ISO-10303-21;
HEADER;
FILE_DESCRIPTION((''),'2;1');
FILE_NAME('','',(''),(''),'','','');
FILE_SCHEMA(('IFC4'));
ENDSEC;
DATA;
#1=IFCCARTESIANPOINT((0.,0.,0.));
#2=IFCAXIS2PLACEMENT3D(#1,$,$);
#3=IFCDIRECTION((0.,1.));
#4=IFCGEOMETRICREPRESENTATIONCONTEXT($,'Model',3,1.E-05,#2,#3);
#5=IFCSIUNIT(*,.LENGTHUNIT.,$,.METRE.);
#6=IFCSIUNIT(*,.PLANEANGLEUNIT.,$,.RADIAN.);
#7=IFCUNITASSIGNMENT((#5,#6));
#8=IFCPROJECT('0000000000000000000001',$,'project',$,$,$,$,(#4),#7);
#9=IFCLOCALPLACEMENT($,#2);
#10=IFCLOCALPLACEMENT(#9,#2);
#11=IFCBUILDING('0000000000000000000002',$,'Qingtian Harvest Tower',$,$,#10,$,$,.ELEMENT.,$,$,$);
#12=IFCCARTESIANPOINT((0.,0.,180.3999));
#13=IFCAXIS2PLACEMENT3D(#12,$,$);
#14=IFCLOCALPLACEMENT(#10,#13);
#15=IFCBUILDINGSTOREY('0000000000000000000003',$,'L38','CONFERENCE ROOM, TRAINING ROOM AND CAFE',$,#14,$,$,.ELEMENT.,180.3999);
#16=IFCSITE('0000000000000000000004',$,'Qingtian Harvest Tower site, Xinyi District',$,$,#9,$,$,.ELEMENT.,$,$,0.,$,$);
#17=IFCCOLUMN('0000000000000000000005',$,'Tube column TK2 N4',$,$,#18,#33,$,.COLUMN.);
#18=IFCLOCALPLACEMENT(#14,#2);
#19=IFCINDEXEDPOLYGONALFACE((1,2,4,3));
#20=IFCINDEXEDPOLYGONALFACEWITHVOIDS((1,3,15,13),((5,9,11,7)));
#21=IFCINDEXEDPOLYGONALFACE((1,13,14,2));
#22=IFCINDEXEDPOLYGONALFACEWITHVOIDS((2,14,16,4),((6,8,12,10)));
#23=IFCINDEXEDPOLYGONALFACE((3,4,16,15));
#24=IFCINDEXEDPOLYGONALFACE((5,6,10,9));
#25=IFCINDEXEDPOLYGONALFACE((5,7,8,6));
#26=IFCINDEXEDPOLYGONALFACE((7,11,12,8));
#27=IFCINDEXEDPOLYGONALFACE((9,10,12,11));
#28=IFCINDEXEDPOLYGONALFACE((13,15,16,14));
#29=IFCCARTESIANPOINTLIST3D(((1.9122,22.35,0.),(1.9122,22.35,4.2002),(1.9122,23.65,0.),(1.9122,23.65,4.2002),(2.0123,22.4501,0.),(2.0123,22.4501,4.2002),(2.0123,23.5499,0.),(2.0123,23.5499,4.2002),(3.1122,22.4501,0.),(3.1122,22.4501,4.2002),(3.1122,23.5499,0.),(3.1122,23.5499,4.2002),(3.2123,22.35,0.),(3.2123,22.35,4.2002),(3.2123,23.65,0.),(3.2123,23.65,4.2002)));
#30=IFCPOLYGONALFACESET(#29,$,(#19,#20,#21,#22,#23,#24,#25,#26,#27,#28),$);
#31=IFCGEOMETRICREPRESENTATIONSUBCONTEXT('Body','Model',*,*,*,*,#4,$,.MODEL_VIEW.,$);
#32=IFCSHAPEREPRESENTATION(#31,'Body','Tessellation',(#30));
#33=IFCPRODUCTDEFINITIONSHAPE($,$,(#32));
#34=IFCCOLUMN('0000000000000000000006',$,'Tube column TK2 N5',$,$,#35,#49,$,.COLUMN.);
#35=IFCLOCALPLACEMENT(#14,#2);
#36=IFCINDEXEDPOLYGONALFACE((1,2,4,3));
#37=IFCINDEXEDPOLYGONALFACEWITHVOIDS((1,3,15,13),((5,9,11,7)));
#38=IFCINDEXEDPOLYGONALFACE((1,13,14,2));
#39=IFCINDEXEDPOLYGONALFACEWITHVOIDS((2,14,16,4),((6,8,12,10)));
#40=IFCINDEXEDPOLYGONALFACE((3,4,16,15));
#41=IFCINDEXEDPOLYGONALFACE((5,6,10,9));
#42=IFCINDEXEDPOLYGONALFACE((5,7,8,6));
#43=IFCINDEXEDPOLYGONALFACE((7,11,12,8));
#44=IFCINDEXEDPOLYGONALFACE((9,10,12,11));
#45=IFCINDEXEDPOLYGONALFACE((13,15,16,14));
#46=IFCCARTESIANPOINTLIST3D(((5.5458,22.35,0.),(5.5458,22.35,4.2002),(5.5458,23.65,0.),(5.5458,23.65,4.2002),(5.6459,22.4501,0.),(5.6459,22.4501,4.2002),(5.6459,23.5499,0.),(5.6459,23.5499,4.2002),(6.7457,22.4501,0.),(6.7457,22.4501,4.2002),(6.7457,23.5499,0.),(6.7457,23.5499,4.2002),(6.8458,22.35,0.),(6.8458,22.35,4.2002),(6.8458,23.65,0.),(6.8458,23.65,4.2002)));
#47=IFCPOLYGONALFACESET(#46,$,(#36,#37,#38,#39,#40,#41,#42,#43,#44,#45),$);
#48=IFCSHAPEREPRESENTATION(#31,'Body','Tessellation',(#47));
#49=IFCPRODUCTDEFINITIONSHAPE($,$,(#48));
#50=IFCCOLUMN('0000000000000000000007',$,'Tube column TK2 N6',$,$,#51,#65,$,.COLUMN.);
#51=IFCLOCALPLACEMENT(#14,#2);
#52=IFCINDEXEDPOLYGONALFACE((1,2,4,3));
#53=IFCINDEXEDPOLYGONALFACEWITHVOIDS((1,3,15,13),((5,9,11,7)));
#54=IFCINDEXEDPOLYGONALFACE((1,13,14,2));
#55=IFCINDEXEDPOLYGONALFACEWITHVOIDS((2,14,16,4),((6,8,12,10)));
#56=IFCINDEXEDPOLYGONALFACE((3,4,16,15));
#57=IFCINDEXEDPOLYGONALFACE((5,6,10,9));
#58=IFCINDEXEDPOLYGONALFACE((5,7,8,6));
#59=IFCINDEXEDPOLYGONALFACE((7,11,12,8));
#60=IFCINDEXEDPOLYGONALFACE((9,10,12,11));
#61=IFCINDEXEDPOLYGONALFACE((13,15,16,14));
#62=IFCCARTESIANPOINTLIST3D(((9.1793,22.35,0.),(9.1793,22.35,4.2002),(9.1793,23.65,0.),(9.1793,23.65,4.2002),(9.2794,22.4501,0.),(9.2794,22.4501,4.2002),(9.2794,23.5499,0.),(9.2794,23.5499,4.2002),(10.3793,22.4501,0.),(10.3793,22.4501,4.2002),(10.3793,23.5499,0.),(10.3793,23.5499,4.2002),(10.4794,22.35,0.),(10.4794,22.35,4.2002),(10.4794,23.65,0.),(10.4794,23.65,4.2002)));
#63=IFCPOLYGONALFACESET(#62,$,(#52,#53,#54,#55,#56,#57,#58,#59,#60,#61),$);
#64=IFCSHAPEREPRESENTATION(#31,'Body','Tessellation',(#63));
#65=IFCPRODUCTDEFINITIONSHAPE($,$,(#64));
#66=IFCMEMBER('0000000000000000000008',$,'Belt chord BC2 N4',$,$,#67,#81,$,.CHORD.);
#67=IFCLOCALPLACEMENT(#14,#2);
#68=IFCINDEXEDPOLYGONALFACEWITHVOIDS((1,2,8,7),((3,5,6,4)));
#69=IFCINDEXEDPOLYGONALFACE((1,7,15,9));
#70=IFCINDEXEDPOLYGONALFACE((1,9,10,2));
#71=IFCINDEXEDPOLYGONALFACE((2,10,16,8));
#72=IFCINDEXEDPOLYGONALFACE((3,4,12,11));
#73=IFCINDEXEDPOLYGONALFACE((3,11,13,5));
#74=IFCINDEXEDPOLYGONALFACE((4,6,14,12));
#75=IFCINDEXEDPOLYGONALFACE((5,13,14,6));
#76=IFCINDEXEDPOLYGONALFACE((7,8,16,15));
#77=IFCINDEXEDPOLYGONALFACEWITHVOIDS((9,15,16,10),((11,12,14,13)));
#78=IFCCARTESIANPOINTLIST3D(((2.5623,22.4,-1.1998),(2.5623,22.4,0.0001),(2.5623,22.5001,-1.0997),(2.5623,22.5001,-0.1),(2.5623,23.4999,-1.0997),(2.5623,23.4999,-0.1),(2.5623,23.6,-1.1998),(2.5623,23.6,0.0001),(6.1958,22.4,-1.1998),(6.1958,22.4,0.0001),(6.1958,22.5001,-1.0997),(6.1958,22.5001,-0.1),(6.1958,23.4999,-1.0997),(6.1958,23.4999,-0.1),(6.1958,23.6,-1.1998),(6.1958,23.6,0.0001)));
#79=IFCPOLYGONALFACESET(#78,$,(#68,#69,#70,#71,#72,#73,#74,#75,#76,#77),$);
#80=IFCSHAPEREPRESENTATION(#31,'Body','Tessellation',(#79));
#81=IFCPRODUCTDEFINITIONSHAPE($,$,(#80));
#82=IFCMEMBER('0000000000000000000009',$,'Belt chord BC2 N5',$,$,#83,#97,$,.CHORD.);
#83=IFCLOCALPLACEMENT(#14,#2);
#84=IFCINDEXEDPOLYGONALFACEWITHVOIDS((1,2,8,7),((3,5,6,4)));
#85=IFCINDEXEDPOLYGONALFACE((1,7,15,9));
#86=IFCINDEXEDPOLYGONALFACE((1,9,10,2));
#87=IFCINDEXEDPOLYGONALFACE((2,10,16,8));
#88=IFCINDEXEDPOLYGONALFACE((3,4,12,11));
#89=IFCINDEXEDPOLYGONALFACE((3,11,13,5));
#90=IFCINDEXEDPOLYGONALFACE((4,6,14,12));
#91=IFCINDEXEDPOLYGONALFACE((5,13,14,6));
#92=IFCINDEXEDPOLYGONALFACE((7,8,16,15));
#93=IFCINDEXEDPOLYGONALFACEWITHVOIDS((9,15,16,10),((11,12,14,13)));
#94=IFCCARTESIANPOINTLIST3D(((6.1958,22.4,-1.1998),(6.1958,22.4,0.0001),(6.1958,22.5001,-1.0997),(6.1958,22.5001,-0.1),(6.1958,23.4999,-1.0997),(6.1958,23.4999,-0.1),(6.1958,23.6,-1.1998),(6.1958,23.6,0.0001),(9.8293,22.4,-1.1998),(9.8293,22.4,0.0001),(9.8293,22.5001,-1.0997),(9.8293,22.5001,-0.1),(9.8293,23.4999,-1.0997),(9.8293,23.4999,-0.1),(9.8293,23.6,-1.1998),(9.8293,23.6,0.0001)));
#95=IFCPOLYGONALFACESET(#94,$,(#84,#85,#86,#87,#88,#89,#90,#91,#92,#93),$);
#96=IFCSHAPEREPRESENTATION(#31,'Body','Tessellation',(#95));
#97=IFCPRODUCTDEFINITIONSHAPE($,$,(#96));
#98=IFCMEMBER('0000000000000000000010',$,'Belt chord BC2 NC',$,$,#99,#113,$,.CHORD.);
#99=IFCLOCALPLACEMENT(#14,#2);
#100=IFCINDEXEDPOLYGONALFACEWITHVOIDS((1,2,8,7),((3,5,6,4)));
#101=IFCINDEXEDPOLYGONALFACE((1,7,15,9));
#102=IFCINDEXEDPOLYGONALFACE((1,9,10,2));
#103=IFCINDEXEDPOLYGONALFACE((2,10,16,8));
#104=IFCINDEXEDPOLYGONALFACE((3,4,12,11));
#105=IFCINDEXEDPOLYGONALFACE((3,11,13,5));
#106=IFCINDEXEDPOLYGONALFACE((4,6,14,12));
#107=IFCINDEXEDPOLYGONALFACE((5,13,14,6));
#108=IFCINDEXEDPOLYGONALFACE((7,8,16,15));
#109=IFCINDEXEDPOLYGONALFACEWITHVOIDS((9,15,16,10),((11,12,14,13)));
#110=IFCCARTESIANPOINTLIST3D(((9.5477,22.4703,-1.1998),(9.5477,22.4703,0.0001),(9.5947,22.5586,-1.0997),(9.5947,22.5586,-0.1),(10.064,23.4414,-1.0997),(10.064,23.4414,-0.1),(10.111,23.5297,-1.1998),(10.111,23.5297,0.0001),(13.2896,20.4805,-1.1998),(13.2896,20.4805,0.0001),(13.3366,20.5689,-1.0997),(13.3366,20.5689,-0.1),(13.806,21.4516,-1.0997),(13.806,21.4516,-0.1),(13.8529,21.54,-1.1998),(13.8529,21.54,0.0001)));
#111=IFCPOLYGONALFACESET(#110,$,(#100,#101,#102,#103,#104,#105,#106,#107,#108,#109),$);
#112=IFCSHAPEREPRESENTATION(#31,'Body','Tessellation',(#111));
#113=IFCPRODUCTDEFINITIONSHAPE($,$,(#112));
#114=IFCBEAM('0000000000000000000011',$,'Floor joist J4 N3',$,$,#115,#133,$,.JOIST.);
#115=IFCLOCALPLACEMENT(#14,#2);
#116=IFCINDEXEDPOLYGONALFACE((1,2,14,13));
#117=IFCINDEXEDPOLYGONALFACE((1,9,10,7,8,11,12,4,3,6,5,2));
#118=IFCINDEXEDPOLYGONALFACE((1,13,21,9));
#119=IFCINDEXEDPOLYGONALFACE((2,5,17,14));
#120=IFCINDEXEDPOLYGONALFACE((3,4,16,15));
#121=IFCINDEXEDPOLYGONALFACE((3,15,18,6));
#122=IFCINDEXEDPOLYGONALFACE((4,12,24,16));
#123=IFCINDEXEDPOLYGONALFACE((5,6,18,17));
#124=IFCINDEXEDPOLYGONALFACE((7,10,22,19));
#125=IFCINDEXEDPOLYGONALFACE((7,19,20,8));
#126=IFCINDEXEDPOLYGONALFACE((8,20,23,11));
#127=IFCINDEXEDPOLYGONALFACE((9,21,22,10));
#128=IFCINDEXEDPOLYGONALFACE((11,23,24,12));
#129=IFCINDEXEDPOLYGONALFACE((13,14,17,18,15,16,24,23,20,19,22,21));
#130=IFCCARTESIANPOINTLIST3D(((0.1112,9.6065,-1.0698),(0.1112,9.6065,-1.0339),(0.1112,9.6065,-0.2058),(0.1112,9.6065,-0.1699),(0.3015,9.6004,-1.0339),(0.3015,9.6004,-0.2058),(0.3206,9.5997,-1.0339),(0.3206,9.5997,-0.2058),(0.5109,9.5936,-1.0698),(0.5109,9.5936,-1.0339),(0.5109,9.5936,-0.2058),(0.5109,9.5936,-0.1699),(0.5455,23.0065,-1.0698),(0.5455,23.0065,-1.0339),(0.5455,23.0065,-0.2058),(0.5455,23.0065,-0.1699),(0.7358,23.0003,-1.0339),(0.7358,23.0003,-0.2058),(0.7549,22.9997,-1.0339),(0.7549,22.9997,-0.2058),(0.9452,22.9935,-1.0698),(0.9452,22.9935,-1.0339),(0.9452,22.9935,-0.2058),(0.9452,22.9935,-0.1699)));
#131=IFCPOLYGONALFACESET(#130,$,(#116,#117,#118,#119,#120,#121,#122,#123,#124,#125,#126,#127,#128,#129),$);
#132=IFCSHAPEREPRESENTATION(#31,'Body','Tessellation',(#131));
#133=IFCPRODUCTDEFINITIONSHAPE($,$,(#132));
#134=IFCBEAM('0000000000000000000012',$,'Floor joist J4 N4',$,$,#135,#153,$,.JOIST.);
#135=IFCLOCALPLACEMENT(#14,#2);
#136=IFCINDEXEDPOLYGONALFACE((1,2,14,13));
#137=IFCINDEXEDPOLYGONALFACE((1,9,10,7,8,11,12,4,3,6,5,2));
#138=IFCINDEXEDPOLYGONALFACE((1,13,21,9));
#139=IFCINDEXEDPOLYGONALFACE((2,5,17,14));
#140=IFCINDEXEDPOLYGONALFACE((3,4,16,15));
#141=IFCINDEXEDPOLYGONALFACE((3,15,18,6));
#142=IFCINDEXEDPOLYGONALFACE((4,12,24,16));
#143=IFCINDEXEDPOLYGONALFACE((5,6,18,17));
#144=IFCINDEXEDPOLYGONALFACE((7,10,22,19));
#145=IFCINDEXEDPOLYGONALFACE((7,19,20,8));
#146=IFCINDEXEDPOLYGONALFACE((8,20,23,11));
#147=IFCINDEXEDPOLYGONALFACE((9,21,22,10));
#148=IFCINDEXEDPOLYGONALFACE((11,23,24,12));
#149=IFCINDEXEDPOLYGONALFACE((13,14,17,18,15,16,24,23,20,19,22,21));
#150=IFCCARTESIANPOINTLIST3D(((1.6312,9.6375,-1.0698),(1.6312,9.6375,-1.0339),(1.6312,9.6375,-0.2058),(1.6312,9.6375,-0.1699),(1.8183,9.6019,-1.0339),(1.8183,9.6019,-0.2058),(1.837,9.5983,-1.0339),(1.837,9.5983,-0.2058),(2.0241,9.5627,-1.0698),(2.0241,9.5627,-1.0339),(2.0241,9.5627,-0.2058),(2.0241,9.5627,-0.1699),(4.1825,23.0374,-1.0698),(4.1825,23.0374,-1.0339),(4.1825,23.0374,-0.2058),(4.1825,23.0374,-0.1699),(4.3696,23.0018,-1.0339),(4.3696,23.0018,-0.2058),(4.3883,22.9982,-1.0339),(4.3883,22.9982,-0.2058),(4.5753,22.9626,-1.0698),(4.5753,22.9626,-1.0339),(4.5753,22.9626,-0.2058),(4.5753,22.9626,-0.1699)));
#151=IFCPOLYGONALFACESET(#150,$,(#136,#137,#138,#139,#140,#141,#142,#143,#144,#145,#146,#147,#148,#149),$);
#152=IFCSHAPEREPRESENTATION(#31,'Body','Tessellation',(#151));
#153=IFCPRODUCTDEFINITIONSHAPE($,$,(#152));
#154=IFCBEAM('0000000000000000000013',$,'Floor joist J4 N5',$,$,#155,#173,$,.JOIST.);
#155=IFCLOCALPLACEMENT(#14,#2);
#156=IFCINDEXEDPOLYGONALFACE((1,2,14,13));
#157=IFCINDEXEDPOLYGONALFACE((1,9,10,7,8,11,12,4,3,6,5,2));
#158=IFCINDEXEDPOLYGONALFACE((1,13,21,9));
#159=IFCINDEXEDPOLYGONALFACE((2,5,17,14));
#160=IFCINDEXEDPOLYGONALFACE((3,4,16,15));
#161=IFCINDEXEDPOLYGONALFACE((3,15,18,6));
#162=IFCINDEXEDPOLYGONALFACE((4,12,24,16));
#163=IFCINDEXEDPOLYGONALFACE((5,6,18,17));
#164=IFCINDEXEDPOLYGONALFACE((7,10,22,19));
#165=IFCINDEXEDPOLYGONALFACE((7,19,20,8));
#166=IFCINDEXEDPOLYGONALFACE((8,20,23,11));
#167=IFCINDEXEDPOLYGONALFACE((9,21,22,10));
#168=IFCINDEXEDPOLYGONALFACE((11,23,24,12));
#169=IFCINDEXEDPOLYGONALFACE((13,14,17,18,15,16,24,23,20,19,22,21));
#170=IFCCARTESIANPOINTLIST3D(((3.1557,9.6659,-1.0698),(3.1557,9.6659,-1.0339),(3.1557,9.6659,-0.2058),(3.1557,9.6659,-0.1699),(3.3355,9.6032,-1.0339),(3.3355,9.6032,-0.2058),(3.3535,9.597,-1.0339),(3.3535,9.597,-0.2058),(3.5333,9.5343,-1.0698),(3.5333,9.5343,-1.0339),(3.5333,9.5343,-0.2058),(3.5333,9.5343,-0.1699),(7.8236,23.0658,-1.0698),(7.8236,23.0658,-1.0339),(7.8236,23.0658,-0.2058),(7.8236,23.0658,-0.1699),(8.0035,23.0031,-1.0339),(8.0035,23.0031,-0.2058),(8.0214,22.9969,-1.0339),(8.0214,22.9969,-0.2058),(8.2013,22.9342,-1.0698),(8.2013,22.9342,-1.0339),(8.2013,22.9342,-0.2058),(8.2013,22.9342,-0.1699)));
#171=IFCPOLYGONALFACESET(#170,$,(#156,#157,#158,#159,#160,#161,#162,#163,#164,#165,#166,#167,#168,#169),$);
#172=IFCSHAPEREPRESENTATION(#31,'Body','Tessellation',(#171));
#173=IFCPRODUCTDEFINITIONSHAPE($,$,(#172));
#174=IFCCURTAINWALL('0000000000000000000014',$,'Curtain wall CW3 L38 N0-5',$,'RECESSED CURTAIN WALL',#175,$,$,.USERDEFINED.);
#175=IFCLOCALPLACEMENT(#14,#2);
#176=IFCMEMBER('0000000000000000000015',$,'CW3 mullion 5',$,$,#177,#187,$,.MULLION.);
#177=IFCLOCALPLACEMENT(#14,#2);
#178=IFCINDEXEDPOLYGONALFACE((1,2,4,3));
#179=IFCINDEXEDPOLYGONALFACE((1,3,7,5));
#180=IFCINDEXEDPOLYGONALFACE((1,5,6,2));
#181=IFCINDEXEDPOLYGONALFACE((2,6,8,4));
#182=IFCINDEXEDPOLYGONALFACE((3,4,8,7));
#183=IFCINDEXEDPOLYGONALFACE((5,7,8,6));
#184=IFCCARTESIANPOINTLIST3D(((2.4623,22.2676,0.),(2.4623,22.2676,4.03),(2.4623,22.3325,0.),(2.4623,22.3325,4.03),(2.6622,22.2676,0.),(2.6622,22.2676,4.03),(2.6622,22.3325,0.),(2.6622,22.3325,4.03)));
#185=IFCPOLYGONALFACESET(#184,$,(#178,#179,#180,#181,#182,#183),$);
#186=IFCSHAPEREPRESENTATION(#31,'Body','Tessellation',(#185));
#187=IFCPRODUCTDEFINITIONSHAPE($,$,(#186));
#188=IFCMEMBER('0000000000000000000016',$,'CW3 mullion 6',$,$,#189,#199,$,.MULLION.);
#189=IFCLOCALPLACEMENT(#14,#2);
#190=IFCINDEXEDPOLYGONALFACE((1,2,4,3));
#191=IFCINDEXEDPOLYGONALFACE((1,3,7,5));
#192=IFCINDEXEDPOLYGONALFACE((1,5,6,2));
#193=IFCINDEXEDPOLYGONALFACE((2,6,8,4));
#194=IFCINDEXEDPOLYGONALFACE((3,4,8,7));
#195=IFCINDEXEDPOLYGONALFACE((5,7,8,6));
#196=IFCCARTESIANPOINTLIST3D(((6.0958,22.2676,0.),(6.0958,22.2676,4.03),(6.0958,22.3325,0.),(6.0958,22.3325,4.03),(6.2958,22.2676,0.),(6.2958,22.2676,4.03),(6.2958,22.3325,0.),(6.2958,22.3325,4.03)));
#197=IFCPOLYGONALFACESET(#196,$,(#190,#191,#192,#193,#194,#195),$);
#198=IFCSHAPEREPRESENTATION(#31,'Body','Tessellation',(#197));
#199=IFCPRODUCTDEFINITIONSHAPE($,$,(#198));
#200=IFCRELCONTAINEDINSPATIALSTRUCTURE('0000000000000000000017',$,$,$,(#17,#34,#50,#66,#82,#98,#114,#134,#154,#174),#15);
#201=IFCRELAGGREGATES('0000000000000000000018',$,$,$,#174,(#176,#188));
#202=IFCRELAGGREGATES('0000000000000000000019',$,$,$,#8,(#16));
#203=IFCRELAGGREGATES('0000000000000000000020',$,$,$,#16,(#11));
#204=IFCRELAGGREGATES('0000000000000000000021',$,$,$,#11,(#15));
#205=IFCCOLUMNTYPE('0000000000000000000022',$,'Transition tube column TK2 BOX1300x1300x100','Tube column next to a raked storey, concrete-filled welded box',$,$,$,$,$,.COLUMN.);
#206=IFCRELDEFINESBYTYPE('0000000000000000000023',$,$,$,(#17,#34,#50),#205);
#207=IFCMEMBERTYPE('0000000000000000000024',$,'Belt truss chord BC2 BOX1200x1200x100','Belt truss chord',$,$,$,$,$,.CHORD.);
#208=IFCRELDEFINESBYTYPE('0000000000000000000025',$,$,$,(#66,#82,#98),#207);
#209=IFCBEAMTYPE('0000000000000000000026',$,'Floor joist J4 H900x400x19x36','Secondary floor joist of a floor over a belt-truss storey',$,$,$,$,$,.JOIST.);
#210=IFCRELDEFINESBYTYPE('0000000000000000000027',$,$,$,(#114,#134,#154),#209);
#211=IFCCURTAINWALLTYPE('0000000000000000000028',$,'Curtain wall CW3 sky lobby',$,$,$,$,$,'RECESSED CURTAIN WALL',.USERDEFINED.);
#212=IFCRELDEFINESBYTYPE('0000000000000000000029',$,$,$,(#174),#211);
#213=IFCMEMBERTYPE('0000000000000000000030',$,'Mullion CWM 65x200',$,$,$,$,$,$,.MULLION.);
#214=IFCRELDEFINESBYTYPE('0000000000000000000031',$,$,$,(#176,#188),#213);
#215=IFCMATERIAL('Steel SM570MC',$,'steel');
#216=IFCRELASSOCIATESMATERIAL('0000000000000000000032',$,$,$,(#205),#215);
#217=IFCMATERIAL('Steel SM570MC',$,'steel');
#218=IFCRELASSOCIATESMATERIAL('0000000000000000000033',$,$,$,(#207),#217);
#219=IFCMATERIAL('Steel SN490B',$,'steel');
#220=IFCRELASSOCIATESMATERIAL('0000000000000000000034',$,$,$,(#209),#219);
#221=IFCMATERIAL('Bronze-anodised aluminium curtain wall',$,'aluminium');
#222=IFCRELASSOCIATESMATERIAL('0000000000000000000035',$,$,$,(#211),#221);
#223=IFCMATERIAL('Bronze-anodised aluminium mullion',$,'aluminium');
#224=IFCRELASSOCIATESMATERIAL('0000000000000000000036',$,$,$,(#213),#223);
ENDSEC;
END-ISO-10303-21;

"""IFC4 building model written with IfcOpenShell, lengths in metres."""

from ifc_helpers import new_model, si_unit, direction, frame, origin, origin_2d, place, context, subcontext, project, spatial, rectangle, hollow_rectangle, i_section, extrude, material, material_profile, profile_set, type_object, element, aggregate, save


model = new_model("IFC4")

# Units and contexts
model_context = context("Model", 3, precision=1e-05, world=origin(), true_north=direction((0.0, 1.0)))
body_context = subcontext(model_context, "Body", "Model", "MODEL_VIEW")
ifc_project = project(units=[si_unit("LENGTHUNIT", "METRE"), si_unit("PLANEANGLEUNIT", "RADIAN")], contexts=[model_context])

# Site, building, storey
site_placement = place(None, origin())
site = spatial("IfcSite", under=ifc_project, at=site_placement, Name="Qingtian Harvest Tower site, Xinyi District", CompositionType="ELEMENT", RefElevation=0.0)
building_placement = place(site_placement, origin())
building = spatial("IfcBuilding", under=site, at=building_placement, Name="Qingtian Harvest Tower", CompositionType="ELEMENT")
storey_placement = place(building_placement, frame((0.0, 0.0, 180.3999)))
storey = spatial("IfcBuildingStorey", under=building, at=storey_placement, Name="L38", Description="CONFERENCE ROOM, TRAINING ROOM AND CAFE", CompositionType="ELEMENT", Elevation=180.3999)

# Columns
ifc_material_1 = material(Name="Steel SM570MC", Category="steel")
ifc_material_profile_1 = material_profile(ifc_material_1, hollow_rectangle(XDim=1.3, YDim=1.3, WallThickness=0.1001, at=origin_2d()), Name="BOX1300x1300x100")
ifc_profile_set_1 = profile_set([ifc_material_profile_1], Name="Steel SM570MC")
column_type = type_object("IfcColumnType", Name="Transition tube column TK2 BOX1300x1300x100", Description="Tube column next to a raked storey, concrete-filled welded box", PredefinedType="COLUMN", material=ifc_profile_set_1)
for number, where, z_axis, x_axis, name in (
    (1, (2.5623, 23.0, 0.0), (0.0, 0.0, 1.0), (-1.0, 0.0, 0.0), "Tube column TK2 N4"),
    (2, (6.1958, 23.0, 0.0), (0.0, 0.0, 1.0), (-1.0, 0.0, 0.0), "Tube column TK2 N5"),
    (3, (9.8293, 23.0, 0.0), (0.0, 0.0, 1.0), (-1.0, 0.0, 0.0), "Tube column TK2 N6"),
):
    element("IfcColumn", number, at=place(storey_placement, frame(where, z_axis=z_axis, x_axis=x_axis)), inside=storey, type_object=column_type, Name=name, PredefinedType="COLUMN", context=body_context, shape_type="SweptSolid", body=[
        extrude(hollow_rectangle(XDim=1.3, YDim=1.3, WallThickness=0.1001, at=origin_2d()), origin(), (0.0, 0.0, 1.0), 4.2002),
    ])

# Members
ifc_material_2 = material(Name="Steel SM570MC", Category="steel")
ifc_material_profile_2 = material_profile(ifc_material_2, hollow_rectangle(XDim=1.2, YDim=1.2, WallThickness=0.1001, at=origin_2d()), Name="BOX1200x1200x100")
ifc_profile_set_2 = profile_set([ifc_material_profile_2], Name="Steel SM570MC")
member_type_1 = type_object("IfcMemberType", Name="Belt truss chord BC2 BOX1200x1200x100", Description="Belt truss chord", PredefinedType="CHORD", material=ifc_profile_set_2)
for number, where, z_axis, x_axis, name in (
    (4, (2.5623, 23.0, -0.5999), (1.0, 0.0, 0.0), (0.0, 1.0, 0.0), "Belt chord BC2 N4"),
    (5, (6.1958, 23.0, -0.5999), (1.0, 0.0, 0.0), (0.0, 1.0, 0.0), "Belt chord BC2 N5"),
):
    element("IfcMember", number, at=place(storey_placement, frame(where, z_axis=z_axis, x_axis=x_axis)), inside=storey, type_object=member_type_1, Name=name, PredefinedType="CHORD", context=body_context, shape_type="SweptSolid", body=[
        extrude(hollow_rectangle(XDim=1.2, YDim=1.2, WallThickness=0.1001, at=origin_2d()), origin(), (0.0, 0.0, 1.0), 3.6335),
    ])
member_1_placement = place(storey_placement, frame((9.8293, 23.0, -0.5999), z_axis=(0.882936, -0.469494, 0.0), x_axis=(0.469494, 0.882936, 0.0)))
element("IfcMember", 6, at=member_1_placement, inside=storey, type_object=member_type_1, Name="Belt chord BC2 NC", PredefinedType="CHORD", context=body_context, shape_type="SweptSolid", body=[
    extrude(hollow_rectangle(XDim=1.2, YDim=1.2, WallThickness=0.1001, at=origin_2d()), origin(), (0.0, 0.0, 1.0), 4.238),
])

# Beams
ifc_material_3 = material(Name="Steel SN490B", Category="steel")
ifc_material_profile_3 = material_profile(ifc_material_3, i_section(OverallWidth=0.3999, OverallDepth=0.8999, WebThickness=0.019, FlangeThickness=0.0359, at=origin_2d()), Name="H900x400x19x36")
ifc_profile_set_3 = profile_set([ifc_material_profile_3], Name="Steel SN490B")
beam_type_1 = type_object("IfcBeamType", Name="Floor joist J4 H900x400x19x36", Description="Secondary floor joist of a floor over a belt-truss storey", PredefinedType="JOIST", material=ifc_profile_set_3)
beam_1_placement = place(storey_placement, frame((0.7454, 23.0, -0.6199), z_axis=(-0.032396, -0.999475, 0.0), x_axis=(0.999475, -0.032396, 0.0)))
element("IfcBeam", 7, at=beam_1_placement, inside=storey, type_object=beam_type_1, Name="Floor joist J4 N3", PredefinedType="JOIST", context=body_context, shape_type="SweptSolid", body=[
    extrude(i_section(OverallWidth=0.3999, OverallDepth=0.8999, WebThickness=0.019, FlangeThickness=0.0359, at=origin_2d()), origin(), (0.0, 0.0, 1.0), 13.407),
])
beam_2_placement = place(storey_placement, frame((4.3789, 23.0, -0.6199), z_axis=(-0.187035, -0.982353, 0.0), x_axis=(0.982353, -0.187035, 0.0)))
element("IfcBeam", 8, at=beam_2_placement, inside=storey, type_object=beam_type_1, Name="Floor joist J4 N4", PredefinedType="JOIST", context=body_context, shape_type="SweptSolid", body=[
    extrude(i_section(OverallWidth=0.3999, OverallDepth=0.8999, WebThickness=0.019, FlangeThickness=0.0359, at=origin_2d()), origin(), (0.0, 0.0, 1.0), 13.6406),
])
beam_3_placement = place(storey_placement, frame((8.0125, 23.0, -0.6199), z_axis=(-0.328969, -0.944341, 0.0), x_axis=(0.944341, -0.328969, 0.0)))
element("IfcBeam", 9, at=beam_3_placement, inside=storey, type_object=beam_type_1, Name="Floor joist J4 N5", PredefinedType="JOIST", context=body_context, shape_type="SweptSolid", body=[
    extrude(i_section(OverallWidth=0.3999, OverallDepth=0.8999, WebThickness=0.019, FlangeThickness=0.0359, at=origin_2d()), origin(), (0.0, 0.0, 1.0), 14.1897),
])

# Curtain wall, members
ifc_material_4 = material(Name="Bronze-anodised aluminium curtain wall", Category="aluminium")
curtain_wall_type = type_object("IfcCurtainWallType", Name="Curtain wall CW3 sky lobby", ElementType="RECESSED CURTAIN WALL", PredefinedType="USERDEFINED", material=ifc_material_4)
curtain_wall_1_placement = place(storey_placement, origin())
curtain_wall_1 = element("IfcCurtainWall", 10, at=curtain_wall_1_placement, inside=storey, type_object=curtain_wall_type, Name="Curtain wall CW3 L38 N0-5", ObjectType="RECESSED CURTAIN WALL", PredefinedType="USERDEFINED")
ifc_material_5 = material(Name="Bronze-anodised aluminium mullion", Category="aluminium")
ifc_material_profile_4 = material_profile(ifc_material_5, rectangle(XDim=0.0649, YDim=0.2, at=origin_2d()), Name="AL 65x200")
ifc_profile_set_4 = profile_set([ifc_material_profile_4], Name="Bronze-anodised aluminium mullion")
member_type_2 = type_object("IfcMemberType", Name="Mullion CWM 65x200", PredefinedType="MULLION", material=ifc_profile_set_4)
member_2_placement = place(storey_placement, frame((2.5623, 22.3, 0.0), z_axis=(0.0, 0.0, 1.0), x_axis=(0.0, 1.0, 0.0)))
member_2 = element("IfcMember", 11, at=member_2_placement, type_object=member_type_2, Name="CW3 mullion 5", PredefinedType="MULLION", context=body_context, shape_type="SweptSolid", body=[
    extrude(rectangle(XDim=0.0649, YDim=0.2, at=origin_2d()), origin(), (0.0, 0.0, 1.0), 4.03),
])
member_3_placement = place(storey_placement, frame((6.1958, 22.3, 0.0), z_axis=(0.0, 0.0, 1.0), x_axis=(0.0, 1.0, 0.0)))
member_3 = element("IfcMember", 12, at=member_3_placement, type_object=member_type_2, Name="CW3 mullion 6", PredefinedType="MULLION", context=body_context, shape_type="SweptSolid", body=[
    extrude(rectangle(XDim=0.0649, YDim=0.2, at=origin_2d()), origin(), (0.0, 0.0, 1.0), 4.03),
])

aggregate(curtain_wall_1, [member_2, member_3])

save(model, "model.ifc")
